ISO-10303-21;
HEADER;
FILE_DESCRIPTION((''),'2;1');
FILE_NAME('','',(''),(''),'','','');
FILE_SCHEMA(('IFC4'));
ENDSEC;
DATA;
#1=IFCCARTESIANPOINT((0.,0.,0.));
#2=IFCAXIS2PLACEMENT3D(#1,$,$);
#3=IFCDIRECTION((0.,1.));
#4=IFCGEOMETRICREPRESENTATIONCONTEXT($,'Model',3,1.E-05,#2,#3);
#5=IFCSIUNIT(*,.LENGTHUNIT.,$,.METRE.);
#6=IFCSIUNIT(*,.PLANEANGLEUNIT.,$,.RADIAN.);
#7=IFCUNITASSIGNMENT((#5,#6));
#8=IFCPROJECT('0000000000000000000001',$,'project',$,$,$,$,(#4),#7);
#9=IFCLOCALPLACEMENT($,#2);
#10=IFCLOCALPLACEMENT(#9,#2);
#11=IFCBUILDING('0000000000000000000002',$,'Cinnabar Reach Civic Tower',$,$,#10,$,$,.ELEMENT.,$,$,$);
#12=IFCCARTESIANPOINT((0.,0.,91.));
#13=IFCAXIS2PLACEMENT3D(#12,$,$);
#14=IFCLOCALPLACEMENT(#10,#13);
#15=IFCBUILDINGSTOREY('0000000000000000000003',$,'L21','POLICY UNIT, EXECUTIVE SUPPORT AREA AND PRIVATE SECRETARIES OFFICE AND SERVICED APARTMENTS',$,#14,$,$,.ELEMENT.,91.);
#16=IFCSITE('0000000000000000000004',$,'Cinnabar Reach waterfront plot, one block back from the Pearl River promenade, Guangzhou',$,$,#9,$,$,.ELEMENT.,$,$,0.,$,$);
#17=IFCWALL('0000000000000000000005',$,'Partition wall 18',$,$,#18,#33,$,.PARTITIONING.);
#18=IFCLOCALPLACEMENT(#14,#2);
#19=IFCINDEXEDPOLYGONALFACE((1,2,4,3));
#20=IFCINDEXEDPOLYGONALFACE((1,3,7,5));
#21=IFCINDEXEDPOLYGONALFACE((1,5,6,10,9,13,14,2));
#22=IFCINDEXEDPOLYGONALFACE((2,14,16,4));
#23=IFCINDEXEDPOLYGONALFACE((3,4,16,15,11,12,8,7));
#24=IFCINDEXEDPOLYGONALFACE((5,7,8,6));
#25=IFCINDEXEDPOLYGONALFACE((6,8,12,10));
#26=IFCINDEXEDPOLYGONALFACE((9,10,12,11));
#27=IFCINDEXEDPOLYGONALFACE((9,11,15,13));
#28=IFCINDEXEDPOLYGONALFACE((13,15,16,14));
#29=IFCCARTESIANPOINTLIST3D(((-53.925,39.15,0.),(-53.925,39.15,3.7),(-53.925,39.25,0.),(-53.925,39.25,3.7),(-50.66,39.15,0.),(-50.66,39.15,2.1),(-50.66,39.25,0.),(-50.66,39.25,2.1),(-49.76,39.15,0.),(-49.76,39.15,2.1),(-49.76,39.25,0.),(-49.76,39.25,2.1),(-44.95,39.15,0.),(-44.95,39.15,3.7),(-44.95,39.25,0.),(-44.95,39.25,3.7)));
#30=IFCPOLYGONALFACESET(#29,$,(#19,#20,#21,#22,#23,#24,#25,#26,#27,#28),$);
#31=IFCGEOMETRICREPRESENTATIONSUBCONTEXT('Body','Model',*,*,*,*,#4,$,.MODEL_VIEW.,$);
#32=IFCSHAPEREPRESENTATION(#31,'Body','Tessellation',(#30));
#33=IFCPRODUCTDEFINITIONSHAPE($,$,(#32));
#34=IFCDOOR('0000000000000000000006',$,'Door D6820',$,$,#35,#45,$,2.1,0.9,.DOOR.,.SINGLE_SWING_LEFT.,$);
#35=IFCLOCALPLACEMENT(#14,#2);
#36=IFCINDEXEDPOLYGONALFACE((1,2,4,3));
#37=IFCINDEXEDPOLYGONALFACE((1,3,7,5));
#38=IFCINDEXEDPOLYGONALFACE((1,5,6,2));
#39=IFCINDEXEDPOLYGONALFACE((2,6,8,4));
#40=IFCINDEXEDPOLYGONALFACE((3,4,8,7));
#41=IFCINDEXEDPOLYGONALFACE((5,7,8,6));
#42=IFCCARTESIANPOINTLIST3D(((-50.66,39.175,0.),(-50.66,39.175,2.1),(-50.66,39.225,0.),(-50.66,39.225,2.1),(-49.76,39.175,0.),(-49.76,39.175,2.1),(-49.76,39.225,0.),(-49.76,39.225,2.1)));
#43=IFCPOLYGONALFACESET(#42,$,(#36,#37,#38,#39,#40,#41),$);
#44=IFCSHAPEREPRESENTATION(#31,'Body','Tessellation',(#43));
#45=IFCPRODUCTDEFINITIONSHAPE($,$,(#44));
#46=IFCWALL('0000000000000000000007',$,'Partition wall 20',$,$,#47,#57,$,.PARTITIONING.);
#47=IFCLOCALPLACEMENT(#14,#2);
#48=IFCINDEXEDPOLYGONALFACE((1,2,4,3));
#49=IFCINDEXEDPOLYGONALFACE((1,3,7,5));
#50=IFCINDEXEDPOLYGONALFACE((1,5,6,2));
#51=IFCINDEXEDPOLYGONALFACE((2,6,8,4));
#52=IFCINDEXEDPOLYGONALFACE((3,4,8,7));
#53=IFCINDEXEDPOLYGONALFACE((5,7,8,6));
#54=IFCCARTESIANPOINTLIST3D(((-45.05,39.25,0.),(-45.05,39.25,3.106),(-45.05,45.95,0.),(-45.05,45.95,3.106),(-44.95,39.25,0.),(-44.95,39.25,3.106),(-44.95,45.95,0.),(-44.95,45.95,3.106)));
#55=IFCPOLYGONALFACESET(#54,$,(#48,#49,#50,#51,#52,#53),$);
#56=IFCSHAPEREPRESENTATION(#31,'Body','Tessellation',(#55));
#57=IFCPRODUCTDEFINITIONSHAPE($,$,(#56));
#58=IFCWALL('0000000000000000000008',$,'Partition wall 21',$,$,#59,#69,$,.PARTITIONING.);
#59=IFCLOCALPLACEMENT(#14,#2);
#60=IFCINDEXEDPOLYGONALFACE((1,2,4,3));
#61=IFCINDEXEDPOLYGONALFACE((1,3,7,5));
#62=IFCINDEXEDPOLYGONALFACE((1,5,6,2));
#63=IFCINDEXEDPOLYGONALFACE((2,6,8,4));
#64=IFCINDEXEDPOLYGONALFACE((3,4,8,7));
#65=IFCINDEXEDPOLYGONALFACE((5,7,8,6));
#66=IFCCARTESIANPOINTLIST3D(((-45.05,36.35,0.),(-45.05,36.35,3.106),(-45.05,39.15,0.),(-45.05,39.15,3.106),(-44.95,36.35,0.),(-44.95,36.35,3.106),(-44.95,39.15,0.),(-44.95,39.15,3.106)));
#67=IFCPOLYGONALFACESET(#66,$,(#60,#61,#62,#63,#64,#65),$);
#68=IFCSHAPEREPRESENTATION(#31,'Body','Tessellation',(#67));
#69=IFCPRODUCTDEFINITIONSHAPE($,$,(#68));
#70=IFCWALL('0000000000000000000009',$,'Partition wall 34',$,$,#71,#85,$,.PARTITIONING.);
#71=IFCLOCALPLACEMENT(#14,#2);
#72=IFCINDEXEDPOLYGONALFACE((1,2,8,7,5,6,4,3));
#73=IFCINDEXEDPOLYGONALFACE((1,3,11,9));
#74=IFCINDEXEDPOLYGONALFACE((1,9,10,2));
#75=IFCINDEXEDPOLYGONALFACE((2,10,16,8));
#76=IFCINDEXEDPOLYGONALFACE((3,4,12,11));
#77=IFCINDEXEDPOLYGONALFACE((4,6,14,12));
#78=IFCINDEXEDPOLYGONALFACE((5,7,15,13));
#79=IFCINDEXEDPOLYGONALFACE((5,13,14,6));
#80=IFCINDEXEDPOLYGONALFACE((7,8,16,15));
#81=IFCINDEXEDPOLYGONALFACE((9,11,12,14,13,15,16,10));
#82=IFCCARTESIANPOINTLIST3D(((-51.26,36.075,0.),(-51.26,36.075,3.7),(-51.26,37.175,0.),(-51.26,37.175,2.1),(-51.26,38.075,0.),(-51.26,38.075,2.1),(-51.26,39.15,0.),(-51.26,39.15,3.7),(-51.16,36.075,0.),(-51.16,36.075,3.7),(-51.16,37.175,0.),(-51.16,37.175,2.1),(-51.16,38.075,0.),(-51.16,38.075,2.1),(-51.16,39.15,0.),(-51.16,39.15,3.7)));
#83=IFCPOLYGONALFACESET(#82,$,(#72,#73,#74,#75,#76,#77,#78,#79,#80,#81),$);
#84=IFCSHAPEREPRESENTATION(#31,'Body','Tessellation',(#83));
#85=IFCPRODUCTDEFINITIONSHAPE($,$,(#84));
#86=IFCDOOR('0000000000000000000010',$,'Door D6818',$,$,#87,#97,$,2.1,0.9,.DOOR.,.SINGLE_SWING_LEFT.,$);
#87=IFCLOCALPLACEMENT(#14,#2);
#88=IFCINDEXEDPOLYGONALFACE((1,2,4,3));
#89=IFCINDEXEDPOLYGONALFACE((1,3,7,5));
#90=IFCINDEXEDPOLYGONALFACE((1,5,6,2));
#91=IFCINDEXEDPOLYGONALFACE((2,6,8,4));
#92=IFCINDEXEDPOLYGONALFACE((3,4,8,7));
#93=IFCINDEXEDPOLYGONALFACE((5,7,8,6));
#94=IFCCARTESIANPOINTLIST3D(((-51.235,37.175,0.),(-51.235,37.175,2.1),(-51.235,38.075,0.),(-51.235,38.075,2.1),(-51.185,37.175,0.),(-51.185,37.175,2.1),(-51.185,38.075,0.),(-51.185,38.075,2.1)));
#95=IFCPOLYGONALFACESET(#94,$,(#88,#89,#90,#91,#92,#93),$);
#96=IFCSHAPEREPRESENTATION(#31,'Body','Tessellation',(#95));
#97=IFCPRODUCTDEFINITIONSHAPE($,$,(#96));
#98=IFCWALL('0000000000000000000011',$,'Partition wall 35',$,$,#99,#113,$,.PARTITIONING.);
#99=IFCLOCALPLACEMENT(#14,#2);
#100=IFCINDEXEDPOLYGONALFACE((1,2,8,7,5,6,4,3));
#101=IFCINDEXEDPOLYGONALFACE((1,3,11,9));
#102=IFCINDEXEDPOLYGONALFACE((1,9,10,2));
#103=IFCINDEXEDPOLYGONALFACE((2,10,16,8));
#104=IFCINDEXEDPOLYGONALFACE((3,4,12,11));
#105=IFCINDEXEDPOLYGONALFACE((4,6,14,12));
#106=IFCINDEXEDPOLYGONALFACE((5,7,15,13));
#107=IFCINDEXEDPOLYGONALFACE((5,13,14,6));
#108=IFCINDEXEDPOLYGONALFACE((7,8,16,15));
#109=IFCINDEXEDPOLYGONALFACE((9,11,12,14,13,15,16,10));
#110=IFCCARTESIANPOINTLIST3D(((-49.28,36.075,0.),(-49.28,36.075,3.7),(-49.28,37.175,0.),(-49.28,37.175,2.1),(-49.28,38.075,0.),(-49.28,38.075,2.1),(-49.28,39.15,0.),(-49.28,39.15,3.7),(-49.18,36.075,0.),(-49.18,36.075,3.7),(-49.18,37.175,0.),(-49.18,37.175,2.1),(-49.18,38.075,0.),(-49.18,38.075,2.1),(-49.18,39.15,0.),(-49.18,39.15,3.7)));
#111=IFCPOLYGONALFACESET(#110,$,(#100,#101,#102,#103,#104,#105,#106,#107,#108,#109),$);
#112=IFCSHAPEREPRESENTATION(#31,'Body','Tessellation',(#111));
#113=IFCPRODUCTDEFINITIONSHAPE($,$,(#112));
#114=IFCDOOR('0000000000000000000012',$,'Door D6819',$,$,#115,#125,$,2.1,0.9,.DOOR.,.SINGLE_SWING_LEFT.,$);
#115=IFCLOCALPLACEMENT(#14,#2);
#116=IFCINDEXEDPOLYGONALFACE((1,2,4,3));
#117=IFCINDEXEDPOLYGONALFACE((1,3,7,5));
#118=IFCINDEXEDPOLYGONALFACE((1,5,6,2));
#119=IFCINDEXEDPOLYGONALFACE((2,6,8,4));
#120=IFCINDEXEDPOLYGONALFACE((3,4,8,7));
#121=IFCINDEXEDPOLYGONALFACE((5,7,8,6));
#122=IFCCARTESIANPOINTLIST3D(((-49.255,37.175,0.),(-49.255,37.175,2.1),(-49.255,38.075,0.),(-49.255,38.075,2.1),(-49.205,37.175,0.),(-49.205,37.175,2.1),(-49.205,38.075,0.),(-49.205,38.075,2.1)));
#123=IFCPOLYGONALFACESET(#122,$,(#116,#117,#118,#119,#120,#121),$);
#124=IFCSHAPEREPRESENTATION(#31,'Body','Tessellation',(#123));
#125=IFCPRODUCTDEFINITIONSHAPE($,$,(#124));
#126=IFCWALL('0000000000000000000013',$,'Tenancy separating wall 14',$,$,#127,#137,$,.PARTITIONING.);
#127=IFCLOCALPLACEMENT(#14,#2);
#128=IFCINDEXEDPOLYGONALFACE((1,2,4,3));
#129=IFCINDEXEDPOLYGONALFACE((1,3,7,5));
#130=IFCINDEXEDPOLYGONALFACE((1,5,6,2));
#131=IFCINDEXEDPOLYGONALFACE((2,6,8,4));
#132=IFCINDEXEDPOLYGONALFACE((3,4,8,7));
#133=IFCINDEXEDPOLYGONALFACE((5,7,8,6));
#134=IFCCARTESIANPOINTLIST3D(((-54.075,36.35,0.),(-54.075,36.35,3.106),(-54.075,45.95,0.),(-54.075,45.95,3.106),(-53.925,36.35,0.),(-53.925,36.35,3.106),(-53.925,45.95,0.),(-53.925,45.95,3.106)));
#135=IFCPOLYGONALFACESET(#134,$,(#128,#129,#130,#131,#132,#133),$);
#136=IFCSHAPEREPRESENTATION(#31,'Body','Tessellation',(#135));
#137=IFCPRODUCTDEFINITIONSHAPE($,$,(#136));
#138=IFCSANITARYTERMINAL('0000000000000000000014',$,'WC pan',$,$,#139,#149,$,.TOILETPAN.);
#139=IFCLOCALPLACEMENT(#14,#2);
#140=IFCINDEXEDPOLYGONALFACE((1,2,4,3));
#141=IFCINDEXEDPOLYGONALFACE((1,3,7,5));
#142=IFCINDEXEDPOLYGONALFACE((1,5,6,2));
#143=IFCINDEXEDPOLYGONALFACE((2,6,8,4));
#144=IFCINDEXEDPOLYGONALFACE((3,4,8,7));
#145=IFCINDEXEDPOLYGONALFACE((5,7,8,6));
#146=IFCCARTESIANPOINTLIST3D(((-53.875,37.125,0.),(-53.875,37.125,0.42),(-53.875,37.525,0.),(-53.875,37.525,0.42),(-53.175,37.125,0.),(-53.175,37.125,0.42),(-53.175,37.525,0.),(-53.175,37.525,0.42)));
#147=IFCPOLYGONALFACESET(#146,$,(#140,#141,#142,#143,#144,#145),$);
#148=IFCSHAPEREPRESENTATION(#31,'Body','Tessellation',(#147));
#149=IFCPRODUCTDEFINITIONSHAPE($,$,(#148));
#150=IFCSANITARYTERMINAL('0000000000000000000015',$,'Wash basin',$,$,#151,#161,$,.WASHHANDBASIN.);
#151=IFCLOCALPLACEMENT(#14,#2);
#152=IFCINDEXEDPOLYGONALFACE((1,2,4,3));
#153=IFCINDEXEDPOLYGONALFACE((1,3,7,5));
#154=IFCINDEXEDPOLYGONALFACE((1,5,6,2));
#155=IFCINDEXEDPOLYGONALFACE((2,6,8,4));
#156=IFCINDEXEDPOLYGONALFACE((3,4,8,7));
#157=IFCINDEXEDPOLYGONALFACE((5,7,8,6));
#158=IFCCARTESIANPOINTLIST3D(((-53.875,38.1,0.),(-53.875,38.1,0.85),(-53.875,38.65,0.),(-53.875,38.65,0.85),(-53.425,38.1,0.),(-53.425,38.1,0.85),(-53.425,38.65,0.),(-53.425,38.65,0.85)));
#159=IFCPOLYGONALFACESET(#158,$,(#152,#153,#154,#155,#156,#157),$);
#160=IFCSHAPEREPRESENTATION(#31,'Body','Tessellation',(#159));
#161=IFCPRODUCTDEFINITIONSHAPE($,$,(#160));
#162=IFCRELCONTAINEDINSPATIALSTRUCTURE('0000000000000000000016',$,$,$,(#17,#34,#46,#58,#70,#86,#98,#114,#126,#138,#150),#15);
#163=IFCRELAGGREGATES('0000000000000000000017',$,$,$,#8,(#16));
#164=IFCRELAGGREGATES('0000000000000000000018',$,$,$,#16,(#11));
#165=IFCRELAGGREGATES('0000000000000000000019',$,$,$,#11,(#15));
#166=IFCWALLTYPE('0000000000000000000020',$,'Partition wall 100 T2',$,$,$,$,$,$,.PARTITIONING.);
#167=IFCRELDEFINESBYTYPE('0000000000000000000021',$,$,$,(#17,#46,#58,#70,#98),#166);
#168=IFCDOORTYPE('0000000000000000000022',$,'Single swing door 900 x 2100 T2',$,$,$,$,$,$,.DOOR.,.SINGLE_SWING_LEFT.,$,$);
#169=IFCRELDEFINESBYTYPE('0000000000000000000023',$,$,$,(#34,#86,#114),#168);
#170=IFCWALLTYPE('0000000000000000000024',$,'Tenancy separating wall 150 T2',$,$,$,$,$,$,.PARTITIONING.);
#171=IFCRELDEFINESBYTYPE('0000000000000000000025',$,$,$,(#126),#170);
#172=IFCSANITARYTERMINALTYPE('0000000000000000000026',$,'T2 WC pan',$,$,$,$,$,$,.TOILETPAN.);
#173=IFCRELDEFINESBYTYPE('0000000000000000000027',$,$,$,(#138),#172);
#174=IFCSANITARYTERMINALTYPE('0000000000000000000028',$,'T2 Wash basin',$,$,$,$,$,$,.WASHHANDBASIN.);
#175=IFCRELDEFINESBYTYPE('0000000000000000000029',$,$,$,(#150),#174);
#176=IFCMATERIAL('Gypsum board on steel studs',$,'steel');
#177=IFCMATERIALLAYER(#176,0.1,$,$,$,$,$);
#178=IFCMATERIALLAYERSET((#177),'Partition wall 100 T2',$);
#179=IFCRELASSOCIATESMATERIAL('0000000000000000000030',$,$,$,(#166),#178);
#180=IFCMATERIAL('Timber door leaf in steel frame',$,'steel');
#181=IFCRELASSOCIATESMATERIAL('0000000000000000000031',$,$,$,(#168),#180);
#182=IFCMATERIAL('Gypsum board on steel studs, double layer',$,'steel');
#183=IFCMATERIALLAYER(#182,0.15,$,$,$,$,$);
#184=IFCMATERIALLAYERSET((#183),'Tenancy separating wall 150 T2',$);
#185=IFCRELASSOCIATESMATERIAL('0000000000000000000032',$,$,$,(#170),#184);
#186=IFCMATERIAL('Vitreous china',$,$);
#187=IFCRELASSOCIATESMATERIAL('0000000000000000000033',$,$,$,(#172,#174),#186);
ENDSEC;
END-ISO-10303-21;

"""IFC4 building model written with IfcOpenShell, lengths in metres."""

from ifc_helpers import new_model, si_unit, direction, frame, frame_2d, origin, origin_2d, place, context, subcontext, project, spatial, rectangle, extrude, material, layer, layer_set, type_object, element, fill, save


model = new_model("IFC4")

# Units and contexts
model_context = context("Model", 3, precision=1e-05, world=origin(), true_north=direction((0.0, 1.0)))
body_context = subcontext(model_context, "Body", "Model", "MODEL_VIEW")
ifc_project = project(units=[si_unit("LENGTHUNIT", "METRE"), si_unit("PLANEANGLEUNIT", "RADIAN")], contexts=[model_context])

# Site, building, storey
site_placement = place(None, origin())
site = spatial("IfcSite", under=ifc_project, at=site_placement, Name="Cinnabar Reach waterfront plot, one block back from the Pearl River promenade, Guangzhou", CompositionType="ELEMENT", RefElevation=0.0)
building_placement = place(site_placement, origin())
building = spatial("IfcBuilding", under=site, at=building_placement, Name="Cinnabar Reach Civic Tower", CompositionType="ELEMENT")
storey_placement = place(building_placement, frame((0.0, 0.0, 91.0)))
storey = spatial("IfcBuildingStorey", under=building, at=storey_placement, Name="L21", Description="POLICY UNIT, EXECUTIVE SUPPORT AREA AND PRIVATE SECRETARIES OFFICE AND SERVICED APARTMENTS", CompositionType="ELEMENT", Elevation=91.0)

# Wall, opening, door
ifc_material_1 = material(Name="Gypsum board on steel studs", Category="steel")
ifc_layer_1 = layer(ifc_material_1, 0.1)
ifc_layer_set_1 = layer_set([ifc_layer_1], Name="Partition wall 100 T2")
wall_type_1 = type_object("IfcWallType", Name="Partition wall 100 T2", PredefinedType="PARTITIONING", material=ifc_layer_set_1)
wall_1_placement = place(storey_placement, frame((-53.925, 39.2, 0.0), z_axis=(0.0, 0.0, 1.0), x_axis=(1.0, 0.0, 0.0)))
wall_1 = element("IfcWall", 1, at=wall_1_placement, inside=storey, type_object=wall_type_1, Name="Partition wall 18", PredefinedType="PARTITIONING", context=body_context, shape_type="SweptSolid", body=[
    extrude(rectangle(XDim=8.975, YDim=0.1, at=frame_2d((4.4875, 0.0))), origin(), (0.0, 0.0, 1.0), 3.7),
])
opening_1_placement = place(wall_1_placement, frame((3.265, 0.0, 0.0)))
opening_1 = element("IfcOpeningElement", 2, at=opening_1_placement, cuts=wall_1, PredefinedType="OPENING", context=body_context, shape_type="SweptSolid", body=[
    extrude(rectangle(XDim=0.9, YDim=2.1, at=frame_2d((0.45, 1.05))), frame((0.0, 0.06, 0.0), z_axis=(0.0, -1.0, 0.0), x_axis=(1.0, 0.0, 0.0)), (0.0, 0.0, 1.0), 0.12),
])
ifc_material_2 = material(Name="Timber door leaf in steel frame", Category="steel")
door_type_1 = type_object("IfcDoorType", Name="Single swing door 900 x 2100 T2", OperationType="SINGLE_SWING_LEFT", PredefinedType="DOOR", material=ifc_material_2)
door_1_placement = place(opening_1_placement, frame((0.9, 0.0, 0.0), z_axis=(0.0, 0.0, 1.0), x_axis=(-1.0, 0.0, 0.0)))
door_1 = element("IfcDoor", 3, at=door_1_placement, inside=storey, type_object=door_type_1, Name="Door D6820", OperationType="SINGLE_SWING_LEFT", OverallHeight=2.1, OverallWidth=0.9, PredefinedType="DOOR", context=body_context, shape_type="SweptSolid", body=[
    extrude(rectangle(XDim=0.9, YDim=2.1, at=frame_2d((0.45, 1.05))), frame((0.0, 0.025, 0.0), z_axis=(0.0, -1.0, 0.0), x_axis=(1.0, 0.0, 0.0)), (0.0, 0.0, 1.0), 0.05),
])
fill(opening_1, door_1)

# Walls
wall_2_placement = place(storey_placement, frame((-45.0, 39.25, 0.0), z_axis=(0.0, 0.0, 1.0), x_axis=(0.0, 1.0, 0.0)))
element("IfcWall", 4, at=wall_2_placement, inside=storey, type_object=wall_type_1, Name="Partition wall 20", PredefinedType="PARTITIONING", context=body_context, shape_type="SweptSolid", body=[
    extrude(rectangle(XDim=6.7, YDim=0.1, at=frame_2d((3.35, 0.0))), origin(), (0.0, 0.0, 1.0), 3.106),
])
wall_3_placement = place(storey_placement, frame((-45.0, 36.35, 0.0), z_axis=(0.0, 0.0, 1.0), x_axis=(0.0, 1.0, 0.0)))
element("IfcWall", 5, at=wall_3_placement, inside=storey, type_object=wall_type_1, Name="Partition wall 21", PredefinedType="PARTITIONING", context=body_context, shape_type="SweptSolid", body=[
    extrude(rectangle(XDim=2.8, YDim=0.1, at=frame_2d((1.4, 0.0))), origin(), (0.0, 0.0, 1.0), 3.106),
])

# Walls, openings, doors
wall_4_placement = place(storey_placement, frame((-51.21, 36.075, 0.0), z_axis=(0.0, 0.0, 1.0), x_axis=(0.0, 1.0, 0.0)))
wall_4 = element("IfcWall", 6, at=wall_4_placement, inside=storey, type_object=wall_type_1, Name="Partition wall 34", PredefinedType="PARTITIONING", context=body_context, shape_type="SweptSolid", body=[
    extrude(rectangle(XDim=3.075, YDim=0.1, at=frame_2d((1.5375, 0.0))), origin(), (0.0, 0.0, 1.0), 3.7),
])
opening_2_placement = place(wall_4_placement, frame((1.1, 0.0, 0.0)))
opening_2 = element("IfcOpeningElement", 7, at=opening_2_placement, cuts=wall_4, PredefinedType="OPENING", context=body_context, shape_type="SweptSolid", body=[
    extrude(rectangle(XDim=0.9, YDim=2.1, at=frame_2d((0.45, 1.05))), frame((0.0, 0.06, 0.0), z_axis=(0.0, -1.0, 0.0), x_axis=(1.0, 0.0, 0.0)), (0.0, 0.0, 1.0), 0.12),
])
door_2_placement = place(opening_2_placement, origin())
door_2 = element("IfcDoor", 8, at=door_2_placement, inside=storey, type_object=door_type_1, Name="Door D6818", OperationType="SINGLE_SWING_LEFT", OverallHeight=2.1, OverallWidth=0.9, PredefinedType="DOOR", context=body_context, shape_type="SweptSolid", body=[
    extrude(rectangle(XDim=0.9, YDim=2.1, at=frame_2d((0.45, 1.05))), frame((0.0, 0.025, 0.0), z_axis=(0.0, -1.0, 0.0), x_axis=(1.0, 0.0, 0.0)), (0.0, 0.0, 1.0), 0.05),
])
fill(opening_2, door_2)
wall_5_placement = place(storey_placement, frame((-49.23, 36.075, 0.0), z_axis=(0.0, 0.0, 1.0), x_axis=(0.0, 1.0, 0.0)))
wall_5 = element("IfcWall", 9, at=wall_5_placement, inside=storey, type_object=wall_type_1, Name="Partition wall 35", PredefinedType="PARTITIONING", context=body_context, shape_type="SweptSolid", body=[
    extrude(rectangle(XDim=3.075, YDim=0.1, at=frame_2d((1.5375, 0.0))), origin(), (0.0, 0.0, 1.0), 3.7),
])
opening_3_placement = place(wall_5_placement, frame((1.1, 0.0, 0.0)))
opening_3 = element("IfcOpeningElement", 10, at=opening_3_placement, cuts=wall_5, PredefinedType="OPENING", context=body_context, shape_type="SweptSolid", body=[
    extrude(rectangle(XDim=0.9, YDim=2.1, at=frame_2d((0.45, 1.05))), frame((0.0, 0.06, 0.0), z_axis=(0.0, -1.0, 0.0), x_axis=(1.0, 0.0, 0.0)), (0.0, 0.0, 1.0), 0.12),
])
door_3_placement = place(opening_3_placement, origin())
door_3 = element("IfcDoor", 11, at=door_3_placement, inside=storey, type_object=door_type_1, Name="Door D6819", OperationType="SINGLE_SWING_LEFT", OverallHeight=2.1, OverallWidth=0.9, PredefinedType="DOOR", context=body_context, shape_type="SweptSolid", body=[
    extrude(rectangle(XDim=0.9, YDim=2.1, at=frame_2d((0.45, 1.05))), frame((0.0, 0.025, 0.0), z_axis=(0.0, -1.0, 0.0), x_axis=(1.0, 0.0, 0.0)), (0.0, 0.0, 1.0), 0.05),
])
fill(opening_3, door_3)

# Wall
ifc_material_3 = material(Name="Gypsum board on steel studs, double layer", Category="steel")
ifc_layer_2 = layer(ifc_material_3, 0.15)
ifc_layer_set_2 = layer_set([ifc_layer_2], Name="Tenancy separating wall 150 T2")
wall_type_2 = type_object("IfcWallType", Name="Tenancy separating wall 150 T2", PredefinedType="PARTITIONING", material=ifc_layer_set_2)
wall_6_placement = place(storey_placement, frame((-54.0, 36.35, 0.0), z_axis=(0.0, 0.0, 1.0), x_axis=(0.0, 1.0, 0.0)))
element("IfcWall", 12, at=wall_6_placement, inside=storey, type_object=wall_type_2, Name="Tenancy separating wall 14", PredefinedType="PARTITIONING", context=body_context, shape_type="SweptSolid", body=[
    extrude(rectangle(XDim=9.6, YDim=0.15, at=frame_2d((4.8, 0.0))), origin(), (0.0, 0.0, 1.0), 3.106),
])

# Sanitary terminals
ifc_material_4 = material(Name="Vitreous china")
sanitary_terminal_type_1 = type_object("IfcSanitaryTerminalType", Name="T2 WC pan", PredefinedType="TOILETPAN", material=ifc_material_4)
sanitary_terminal_1_placement = place(storey_placement, frame((-53.525, 37.325, 0.0), z_axis=(0.0, 0.0, 1.0), x_axis=(1.0, 0.0, 0.0)))
element("IfcSanitaryTerminal", 13, at=sanitary_terminal_1_placement, inside=storey, type_object=sanitary_terminal_type_1, Name="WC pan", PredefinedType="TOILETPAN", context=body_context, shape_type="SweptSolid", body=[
    extrude(rectangle(XDim=0.7, YDim=0.4, at=origin_2d()), origin(), (0.0, 0.0, 1.0), 0.42),
])
sanitary_terminal_type_2 = type_object("IfcSanitaryTerminalType", Name="T2 Wash basin", PredefinedType="WASHHANDBASIN", material=ifc_material_4)
sanitary_terminal_2_placement = place(storey_placement, frame((-53.65, 38.375, 0.0), z_axis=(0.0, 0.0, 1.0), x_axis=(1.0, 0.0, 0.0)))
element("IfcSanitaryTerminal", 14, at=sanitary_terminal_2_placement, inside=storey, type_object=sanitary_terminal_type_2, Name="Wash basin", PredefinedType="WASHHANDBASIN", context=body_context, shape_type="SweptSolid", body=[
    extrude(rectangle(XDim=0.45, YDim=0.55, at=origin_2d()), origin(), (0.0, 0.0, 1.0), 0.85),
])

save(model, "model.ifc")
